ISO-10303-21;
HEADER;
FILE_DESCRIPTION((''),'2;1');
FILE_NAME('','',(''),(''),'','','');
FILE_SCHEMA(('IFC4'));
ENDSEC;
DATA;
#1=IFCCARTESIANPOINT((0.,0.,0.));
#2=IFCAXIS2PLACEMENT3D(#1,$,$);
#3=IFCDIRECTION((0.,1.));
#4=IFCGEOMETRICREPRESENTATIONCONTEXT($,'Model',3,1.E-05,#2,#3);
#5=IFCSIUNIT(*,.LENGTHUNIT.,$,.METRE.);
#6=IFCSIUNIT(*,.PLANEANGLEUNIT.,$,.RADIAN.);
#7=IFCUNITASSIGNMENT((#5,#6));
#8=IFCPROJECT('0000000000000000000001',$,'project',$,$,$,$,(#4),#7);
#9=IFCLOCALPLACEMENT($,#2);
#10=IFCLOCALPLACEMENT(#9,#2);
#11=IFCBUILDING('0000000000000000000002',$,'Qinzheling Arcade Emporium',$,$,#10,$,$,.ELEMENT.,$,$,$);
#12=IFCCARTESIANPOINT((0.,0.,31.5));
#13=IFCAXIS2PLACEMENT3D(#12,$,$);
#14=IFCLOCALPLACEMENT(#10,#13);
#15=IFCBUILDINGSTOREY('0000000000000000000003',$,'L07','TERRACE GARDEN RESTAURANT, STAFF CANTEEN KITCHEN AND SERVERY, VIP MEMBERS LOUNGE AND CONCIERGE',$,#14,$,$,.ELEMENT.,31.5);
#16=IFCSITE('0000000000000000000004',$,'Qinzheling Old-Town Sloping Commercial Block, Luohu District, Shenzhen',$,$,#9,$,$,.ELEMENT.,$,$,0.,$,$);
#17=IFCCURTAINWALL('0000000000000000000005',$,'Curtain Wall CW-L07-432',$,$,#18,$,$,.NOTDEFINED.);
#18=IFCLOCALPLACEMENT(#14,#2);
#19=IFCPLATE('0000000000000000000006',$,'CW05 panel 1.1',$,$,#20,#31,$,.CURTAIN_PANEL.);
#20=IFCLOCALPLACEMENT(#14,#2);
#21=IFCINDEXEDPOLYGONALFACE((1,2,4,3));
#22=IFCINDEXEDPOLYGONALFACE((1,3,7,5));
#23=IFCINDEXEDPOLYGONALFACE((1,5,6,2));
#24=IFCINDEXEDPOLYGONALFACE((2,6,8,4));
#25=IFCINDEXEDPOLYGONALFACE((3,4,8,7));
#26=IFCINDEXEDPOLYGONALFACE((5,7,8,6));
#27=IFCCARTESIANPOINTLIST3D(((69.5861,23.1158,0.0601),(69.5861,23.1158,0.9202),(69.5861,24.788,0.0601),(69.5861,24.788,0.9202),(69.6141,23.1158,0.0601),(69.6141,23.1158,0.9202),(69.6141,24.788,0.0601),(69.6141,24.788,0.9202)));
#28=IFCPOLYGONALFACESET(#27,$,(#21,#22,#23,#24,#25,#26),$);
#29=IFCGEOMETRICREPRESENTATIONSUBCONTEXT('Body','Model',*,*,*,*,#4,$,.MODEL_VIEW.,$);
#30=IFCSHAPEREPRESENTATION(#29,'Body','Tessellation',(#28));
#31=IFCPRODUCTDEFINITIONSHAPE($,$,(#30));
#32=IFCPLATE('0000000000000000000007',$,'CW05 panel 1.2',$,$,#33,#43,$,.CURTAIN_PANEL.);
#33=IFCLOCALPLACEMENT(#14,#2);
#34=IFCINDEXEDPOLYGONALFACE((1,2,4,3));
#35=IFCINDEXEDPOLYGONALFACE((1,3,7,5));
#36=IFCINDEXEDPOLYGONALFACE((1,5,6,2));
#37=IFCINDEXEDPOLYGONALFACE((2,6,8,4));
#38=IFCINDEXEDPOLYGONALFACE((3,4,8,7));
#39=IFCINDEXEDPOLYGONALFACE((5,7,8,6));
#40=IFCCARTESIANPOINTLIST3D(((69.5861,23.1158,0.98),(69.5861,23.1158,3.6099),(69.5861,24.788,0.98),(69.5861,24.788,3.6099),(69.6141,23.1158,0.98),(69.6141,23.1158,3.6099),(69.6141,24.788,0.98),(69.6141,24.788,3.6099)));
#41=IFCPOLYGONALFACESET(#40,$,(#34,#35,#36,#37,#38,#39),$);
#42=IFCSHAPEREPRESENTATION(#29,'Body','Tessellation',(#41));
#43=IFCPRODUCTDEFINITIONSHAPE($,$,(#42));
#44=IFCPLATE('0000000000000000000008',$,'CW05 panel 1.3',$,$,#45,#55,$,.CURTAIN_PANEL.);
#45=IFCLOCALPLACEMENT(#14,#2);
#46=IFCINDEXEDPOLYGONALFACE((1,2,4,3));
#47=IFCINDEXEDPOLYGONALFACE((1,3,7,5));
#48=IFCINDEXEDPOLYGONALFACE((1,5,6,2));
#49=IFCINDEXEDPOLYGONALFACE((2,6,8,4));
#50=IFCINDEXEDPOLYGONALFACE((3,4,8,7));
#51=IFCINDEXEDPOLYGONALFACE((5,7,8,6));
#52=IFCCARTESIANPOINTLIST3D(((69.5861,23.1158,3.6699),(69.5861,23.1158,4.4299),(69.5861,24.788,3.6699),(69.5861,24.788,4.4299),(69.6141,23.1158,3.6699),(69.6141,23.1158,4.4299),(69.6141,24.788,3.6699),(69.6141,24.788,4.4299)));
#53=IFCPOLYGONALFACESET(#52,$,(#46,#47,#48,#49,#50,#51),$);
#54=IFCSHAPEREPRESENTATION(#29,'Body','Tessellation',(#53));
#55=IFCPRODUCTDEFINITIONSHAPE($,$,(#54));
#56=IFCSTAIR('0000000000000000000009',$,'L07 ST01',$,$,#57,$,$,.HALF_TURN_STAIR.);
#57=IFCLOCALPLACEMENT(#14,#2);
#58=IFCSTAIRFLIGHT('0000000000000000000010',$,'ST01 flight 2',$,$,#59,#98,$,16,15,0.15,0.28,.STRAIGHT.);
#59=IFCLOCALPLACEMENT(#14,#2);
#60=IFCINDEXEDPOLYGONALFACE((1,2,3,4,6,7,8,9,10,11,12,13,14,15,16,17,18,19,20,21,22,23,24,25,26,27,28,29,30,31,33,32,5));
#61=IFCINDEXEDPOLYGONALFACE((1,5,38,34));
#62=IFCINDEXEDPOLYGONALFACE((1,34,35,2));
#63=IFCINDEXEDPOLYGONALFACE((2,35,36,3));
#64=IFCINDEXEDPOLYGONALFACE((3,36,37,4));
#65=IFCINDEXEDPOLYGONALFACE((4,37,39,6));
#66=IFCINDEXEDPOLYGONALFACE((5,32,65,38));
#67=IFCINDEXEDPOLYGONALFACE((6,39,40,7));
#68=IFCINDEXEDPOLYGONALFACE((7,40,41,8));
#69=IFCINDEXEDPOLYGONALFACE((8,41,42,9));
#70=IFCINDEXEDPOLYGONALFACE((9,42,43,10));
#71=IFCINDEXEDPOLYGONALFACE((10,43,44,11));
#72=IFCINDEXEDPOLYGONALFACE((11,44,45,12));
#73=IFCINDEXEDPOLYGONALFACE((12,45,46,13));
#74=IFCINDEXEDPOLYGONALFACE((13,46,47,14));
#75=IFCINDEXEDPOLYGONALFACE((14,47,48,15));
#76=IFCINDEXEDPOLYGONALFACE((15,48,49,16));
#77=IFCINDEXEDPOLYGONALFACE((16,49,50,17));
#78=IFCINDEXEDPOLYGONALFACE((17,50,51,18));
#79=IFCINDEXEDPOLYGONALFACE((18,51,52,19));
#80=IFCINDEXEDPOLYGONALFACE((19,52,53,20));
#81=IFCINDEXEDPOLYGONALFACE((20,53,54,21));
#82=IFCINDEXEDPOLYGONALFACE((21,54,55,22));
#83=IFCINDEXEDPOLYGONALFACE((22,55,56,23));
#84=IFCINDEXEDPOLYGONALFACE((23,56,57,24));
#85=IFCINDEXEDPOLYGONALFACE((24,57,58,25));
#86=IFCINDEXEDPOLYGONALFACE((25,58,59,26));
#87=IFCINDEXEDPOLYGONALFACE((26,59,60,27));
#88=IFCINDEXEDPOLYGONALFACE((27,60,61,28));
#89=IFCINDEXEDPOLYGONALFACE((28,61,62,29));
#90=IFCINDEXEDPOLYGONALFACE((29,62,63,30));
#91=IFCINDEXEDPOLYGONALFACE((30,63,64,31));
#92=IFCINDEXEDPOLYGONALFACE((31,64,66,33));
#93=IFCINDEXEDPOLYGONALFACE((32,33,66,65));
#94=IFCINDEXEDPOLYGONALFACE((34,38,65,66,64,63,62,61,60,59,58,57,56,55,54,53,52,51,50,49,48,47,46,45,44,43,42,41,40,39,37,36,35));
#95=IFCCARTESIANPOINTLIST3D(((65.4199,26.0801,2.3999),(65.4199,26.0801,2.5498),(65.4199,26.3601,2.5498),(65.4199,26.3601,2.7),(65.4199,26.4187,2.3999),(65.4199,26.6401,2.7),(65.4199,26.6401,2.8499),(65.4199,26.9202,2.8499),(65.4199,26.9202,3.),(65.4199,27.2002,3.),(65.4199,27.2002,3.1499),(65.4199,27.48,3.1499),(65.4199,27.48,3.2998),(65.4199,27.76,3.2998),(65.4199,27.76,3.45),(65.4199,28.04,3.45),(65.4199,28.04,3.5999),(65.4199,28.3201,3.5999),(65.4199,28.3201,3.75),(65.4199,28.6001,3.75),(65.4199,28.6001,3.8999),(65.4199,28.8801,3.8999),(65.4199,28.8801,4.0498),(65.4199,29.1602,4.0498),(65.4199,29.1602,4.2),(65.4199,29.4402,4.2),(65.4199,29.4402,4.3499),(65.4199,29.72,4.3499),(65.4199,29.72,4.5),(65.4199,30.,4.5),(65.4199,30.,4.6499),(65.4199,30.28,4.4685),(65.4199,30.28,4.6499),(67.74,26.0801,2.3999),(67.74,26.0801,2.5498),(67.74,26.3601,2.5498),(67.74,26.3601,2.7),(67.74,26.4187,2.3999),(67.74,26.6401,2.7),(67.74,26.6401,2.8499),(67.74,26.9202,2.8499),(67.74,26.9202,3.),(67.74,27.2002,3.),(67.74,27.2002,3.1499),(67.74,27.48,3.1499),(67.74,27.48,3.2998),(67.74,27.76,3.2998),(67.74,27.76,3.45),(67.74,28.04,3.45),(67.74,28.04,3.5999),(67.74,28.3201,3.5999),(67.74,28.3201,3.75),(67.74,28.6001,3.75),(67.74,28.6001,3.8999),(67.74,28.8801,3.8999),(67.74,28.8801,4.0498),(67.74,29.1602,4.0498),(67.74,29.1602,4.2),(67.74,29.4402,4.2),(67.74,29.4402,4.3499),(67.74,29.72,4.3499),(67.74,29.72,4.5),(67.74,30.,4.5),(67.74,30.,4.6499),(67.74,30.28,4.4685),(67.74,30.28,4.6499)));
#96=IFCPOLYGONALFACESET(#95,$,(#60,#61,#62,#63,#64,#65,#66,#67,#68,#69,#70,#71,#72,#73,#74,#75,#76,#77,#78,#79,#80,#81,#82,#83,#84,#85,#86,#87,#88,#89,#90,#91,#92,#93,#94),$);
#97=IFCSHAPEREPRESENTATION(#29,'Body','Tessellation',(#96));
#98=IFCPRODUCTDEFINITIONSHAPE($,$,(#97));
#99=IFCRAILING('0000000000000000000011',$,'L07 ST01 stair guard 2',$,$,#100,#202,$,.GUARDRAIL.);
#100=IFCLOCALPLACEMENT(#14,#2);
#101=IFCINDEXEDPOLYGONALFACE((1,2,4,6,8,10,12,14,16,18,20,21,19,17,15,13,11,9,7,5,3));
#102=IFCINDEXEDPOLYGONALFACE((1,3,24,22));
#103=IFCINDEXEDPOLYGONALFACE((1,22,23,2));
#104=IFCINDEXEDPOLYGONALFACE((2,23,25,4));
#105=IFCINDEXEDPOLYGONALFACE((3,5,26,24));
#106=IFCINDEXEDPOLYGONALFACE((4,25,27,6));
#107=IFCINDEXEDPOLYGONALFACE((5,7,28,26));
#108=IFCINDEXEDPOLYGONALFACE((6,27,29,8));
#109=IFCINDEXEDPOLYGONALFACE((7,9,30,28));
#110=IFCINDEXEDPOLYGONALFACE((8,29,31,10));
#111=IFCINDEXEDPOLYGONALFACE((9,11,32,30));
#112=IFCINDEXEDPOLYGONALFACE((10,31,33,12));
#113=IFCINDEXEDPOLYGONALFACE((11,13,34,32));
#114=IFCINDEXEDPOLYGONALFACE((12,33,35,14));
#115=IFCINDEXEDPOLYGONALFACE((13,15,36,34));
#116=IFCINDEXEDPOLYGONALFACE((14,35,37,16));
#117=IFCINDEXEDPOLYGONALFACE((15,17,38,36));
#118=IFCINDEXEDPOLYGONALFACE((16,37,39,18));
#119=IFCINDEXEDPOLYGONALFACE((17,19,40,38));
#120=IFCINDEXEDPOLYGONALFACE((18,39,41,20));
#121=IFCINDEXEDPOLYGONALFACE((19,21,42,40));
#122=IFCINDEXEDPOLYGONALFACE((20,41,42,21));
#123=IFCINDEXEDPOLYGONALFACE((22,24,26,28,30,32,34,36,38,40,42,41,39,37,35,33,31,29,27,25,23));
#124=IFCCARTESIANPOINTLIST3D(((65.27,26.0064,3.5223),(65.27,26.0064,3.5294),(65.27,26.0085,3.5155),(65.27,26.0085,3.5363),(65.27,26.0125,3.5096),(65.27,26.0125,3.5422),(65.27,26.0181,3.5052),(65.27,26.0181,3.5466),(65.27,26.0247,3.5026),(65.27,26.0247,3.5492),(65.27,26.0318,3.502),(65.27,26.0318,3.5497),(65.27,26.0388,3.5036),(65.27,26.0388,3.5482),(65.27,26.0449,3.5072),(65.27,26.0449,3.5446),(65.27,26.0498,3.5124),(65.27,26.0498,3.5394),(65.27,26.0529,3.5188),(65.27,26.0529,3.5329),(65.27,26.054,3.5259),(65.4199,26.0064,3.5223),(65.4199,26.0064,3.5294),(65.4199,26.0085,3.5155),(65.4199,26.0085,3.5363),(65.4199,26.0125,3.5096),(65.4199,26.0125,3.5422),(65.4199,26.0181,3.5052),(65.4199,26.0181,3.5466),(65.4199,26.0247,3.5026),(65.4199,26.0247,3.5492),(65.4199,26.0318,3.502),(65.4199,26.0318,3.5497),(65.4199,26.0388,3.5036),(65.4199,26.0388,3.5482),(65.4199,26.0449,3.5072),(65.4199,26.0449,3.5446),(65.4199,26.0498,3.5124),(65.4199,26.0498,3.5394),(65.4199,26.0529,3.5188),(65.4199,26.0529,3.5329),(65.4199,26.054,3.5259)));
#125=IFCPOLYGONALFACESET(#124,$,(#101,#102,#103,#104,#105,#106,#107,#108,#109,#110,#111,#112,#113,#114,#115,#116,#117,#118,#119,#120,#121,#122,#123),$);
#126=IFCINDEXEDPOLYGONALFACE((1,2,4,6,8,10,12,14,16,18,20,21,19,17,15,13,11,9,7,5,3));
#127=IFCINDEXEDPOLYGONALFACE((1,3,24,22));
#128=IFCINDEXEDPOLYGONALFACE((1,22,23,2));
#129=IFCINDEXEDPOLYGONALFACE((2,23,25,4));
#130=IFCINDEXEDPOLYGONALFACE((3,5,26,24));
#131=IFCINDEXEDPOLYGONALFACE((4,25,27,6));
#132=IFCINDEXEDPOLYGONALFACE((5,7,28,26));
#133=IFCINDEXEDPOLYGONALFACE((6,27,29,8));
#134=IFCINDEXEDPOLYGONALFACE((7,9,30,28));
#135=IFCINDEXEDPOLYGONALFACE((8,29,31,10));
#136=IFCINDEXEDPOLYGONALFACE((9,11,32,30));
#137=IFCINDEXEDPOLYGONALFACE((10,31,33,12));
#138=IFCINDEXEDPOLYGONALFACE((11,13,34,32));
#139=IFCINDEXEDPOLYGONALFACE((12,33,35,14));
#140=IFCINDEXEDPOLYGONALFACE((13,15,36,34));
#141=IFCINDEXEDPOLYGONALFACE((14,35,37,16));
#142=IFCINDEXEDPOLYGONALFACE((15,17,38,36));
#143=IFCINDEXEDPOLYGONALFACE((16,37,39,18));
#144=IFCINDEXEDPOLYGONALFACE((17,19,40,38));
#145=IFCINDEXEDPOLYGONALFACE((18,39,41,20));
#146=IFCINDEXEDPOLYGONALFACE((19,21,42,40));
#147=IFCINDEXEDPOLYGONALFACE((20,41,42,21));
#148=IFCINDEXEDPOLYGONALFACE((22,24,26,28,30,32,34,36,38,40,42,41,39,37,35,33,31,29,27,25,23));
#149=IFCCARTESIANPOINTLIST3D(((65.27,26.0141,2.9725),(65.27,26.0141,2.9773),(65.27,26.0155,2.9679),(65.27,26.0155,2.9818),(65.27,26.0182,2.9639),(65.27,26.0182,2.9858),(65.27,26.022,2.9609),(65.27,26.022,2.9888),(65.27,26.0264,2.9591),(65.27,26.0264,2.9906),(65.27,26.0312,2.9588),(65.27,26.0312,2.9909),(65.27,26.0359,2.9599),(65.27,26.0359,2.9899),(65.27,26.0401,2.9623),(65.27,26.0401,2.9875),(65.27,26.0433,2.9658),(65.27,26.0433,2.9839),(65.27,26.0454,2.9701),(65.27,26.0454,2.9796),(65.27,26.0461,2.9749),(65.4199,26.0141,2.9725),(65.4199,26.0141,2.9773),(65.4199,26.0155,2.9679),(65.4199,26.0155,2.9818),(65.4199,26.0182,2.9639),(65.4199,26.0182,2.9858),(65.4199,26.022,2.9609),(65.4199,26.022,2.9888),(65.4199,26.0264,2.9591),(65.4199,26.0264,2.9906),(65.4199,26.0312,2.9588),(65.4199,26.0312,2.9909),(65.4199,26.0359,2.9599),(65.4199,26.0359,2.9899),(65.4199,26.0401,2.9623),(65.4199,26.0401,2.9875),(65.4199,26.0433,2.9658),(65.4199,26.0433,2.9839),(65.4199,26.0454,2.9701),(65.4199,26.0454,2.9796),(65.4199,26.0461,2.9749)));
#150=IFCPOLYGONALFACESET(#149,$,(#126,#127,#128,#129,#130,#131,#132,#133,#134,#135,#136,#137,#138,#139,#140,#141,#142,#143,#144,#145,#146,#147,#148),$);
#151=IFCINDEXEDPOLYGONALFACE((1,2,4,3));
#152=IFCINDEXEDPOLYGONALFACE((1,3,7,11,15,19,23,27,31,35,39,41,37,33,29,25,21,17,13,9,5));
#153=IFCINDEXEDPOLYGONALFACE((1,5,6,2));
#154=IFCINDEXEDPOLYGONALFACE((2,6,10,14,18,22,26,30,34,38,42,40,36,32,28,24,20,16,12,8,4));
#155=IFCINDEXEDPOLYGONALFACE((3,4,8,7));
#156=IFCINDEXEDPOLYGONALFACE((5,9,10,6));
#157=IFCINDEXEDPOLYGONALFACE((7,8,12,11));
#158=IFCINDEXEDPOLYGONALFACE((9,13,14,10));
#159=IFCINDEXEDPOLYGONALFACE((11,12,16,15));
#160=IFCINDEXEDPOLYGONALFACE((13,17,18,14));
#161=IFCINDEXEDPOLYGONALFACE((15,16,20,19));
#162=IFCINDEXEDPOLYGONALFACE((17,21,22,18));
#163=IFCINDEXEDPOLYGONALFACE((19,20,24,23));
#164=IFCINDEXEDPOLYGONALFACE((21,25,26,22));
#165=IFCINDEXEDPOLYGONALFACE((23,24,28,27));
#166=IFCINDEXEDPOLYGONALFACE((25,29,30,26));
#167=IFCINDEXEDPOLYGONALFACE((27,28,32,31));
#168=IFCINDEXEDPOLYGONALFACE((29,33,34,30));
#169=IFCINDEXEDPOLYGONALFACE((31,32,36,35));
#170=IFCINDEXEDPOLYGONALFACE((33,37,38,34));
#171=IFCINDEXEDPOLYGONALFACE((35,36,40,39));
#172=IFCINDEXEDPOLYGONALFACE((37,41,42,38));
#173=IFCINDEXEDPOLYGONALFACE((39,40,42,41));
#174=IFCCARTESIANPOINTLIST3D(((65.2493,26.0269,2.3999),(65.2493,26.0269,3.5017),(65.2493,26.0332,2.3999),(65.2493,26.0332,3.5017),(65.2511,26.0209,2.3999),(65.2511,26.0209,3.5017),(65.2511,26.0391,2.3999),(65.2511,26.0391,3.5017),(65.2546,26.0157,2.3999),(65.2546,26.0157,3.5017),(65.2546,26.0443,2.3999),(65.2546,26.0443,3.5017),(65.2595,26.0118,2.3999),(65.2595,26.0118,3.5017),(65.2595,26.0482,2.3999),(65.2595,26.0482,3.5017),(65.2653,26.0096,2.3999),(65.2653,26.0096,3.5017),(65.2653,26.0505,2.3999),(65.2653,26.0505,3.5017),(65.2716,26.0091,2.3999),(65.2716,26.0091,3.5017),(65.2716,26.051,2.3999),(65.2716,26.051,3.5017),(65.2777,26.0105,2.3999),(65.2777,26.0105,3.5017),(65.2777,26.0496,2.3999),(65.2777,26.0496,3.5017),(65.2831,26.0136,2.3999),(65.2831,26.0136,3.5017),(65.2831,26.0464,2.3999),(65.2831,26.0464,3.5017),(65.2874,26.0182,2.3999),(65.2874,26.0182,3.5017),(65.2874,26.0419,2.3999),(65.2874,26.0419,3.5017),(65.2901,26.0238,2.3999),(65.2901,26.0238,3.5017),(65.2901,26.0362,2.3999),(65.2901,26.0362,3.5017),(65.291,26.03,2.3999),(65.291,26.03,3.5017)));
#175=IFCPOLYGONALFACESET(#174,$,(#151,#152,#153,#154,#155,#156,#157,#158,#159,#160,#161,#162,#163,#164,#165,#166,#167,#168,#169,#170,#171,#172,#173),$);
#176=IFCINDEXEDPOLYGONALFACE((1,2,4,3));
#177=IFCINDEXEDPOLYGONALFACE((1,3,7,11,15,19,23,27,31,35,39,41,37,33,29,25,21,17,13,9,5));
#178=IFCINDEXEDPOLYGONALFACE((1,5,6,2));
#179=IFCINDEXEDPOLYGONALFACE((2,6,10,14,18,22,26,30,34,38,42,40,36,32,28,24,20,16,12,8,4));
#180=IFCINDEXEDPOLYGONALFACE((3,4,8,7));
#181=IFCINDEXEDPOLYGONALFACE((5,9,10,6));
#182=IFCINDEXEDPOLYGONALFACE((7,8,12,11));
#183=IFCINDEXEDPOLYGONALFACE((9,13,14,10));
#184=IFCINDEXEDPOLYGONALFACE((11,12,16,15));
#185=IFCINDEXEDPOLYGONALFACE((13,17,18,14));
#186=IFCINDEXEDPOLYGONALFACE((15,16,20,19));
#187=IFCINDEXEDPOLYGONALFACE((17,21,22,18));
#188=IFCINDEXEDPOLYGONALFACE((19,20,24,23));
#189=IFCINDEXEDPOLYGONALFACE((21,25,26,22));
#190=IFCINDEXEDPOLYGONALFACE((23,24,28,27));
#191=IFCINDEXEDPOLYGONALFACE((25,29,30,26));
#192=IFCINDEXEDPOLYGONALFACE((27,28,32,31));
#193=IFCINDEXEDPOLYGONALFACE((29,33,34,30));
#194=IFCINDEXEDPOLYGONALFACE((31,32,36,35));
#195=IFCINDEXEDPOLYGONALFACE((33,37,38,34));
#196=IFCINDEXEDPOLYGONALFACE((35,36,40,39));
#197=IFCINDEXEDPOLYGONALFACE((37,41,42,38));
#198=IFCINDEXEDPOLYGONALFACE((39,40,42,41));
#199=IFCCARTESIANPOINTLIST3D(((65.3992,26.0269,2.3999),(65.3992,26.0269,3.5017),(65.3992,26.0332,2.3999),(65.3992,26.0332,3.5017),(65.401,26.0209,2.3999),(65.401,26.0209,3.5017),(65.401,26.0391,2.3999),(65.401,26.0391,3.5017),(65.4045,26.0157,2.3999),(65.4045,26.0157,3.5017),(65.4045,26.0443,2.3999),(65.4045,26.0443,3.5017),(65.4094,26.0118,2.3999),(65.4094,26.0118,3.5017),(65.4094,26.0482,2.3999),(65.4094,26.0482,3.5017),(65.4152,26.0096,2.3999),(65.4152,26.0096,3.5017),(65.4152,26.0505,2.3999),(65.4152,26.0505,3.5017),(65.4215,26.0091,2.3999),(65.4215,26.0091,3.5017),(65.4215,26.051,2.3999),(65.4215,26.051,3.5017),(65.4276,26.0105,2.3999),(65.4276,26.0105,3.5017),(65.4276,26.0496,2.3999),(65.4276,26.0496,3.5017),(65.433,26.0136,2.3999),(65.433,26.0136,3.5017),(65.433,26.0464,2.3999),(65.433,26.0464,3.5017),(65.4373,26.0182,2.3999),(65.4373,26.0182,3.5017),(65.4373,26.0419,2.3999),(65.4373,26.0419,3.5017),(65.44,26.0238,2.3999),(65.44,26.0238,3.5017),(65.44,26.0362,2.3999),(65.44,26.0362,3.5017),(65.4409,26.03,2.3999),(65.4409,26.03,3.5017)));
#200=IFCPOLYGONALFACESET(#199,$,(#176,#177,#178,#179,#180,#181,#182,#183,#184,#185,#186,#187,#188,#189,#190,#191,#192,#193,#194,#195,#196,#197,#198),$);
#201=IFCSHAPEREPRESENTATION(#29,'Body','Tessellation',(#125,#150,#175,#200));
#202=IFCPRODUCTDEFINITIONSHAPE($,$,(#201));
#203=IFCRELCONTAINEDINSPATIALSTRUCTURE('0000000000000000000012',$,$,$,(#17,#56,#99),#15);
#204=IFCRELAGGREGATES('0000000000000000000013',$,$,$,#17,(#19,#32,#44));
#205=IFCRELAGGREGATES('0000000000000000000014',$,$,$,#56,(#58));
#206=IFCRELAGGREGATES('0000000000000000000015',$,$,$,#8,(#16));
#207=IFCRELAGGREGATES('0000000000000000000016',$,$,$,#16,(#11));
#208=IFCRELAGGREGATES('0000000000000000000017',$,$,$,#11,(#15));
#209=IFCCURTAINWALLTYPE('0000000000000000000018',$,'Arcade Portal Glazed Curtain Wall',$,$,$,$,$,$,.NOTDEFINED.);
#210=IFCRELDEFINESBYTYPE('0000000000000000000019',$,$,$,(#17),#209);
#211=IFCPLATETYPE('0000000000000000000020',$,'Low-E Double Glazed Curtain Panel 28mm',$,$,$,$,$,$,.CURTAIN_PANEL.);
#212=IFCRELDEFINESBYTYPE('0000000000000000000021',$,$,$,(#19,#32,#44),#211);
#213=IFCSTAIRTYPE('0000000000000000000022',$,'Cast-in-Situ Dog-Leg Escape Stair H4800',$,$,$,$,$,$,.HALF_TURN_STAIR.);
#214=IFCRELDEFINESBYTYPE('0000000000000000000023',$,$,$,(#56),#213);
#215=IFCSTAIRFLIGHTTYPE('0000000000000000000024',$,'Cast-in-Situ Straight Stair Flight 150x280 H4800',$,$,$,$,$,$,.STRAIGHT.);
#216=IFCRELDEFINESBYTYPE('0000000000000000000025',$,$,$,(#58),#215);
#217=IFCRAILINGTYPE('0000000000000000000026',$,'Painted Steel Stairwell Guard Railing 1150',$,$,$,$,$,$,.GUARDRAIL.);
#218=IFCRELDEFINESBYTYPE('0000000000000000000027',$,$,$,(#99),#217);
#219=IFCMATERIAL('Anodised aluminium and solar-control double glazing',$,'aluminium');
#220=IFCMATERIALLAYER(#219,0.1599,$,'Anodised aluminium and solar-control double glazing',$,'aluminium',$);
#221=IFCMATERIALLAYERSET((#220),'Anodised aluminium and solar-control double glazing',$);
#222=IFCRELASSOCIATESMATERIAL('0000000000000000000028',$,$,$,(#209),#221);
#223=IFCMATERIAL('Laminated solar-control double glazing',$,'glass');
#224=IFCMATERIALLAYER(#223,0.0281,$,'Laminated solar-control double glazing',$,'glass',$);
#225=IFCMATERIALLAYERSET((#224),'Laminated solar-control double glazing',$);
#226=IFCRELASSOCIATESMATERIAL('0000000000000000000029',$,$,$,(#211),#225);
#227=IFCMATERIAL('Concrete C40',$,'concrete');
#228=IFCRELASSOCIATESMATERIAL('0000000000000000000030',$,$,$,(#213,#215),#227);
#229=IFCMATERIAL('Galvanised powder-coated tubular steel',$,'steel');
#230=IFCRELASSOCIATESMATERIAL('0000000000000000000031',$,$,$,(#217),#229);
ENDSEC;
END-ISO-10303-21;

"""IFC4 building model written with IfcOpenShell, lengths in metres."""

from ifc_helpers import new_model, si_unit, direction, frame, origin, origin_2d, place, context, subcontext, project, spatial, polyline, rectangle, circle, outline, extrude, material, layer, layer_set, type_object, element, aggregate, save


model = new_model("IFC4")

# Units and contexts
model_context = context("Model", 3, precision=1e-05, world=origin(), true_north=direction((0.0, 1.0)))
body_context = subcontext(model_context, "Body", "Model", "MODEL_VIEW")
ifc_project = project(units=[si_unit("LENGTHUNIT", "METRE"), si_unit("PLANEANGLEUNIT", "RADIAN")], contexts=[model_context])

# Site, building, storey
site_placement = place(None, origin())
site = spatial("IfcSite", under=ifc_project, at=site_placement, Name="Qinzheling Old-Town Sloping Commercial Block, Luohu District, Shenzhen", CompositionType="ELEMENT", RefElevation=0.0)
building_placement = place(site_placement, origin())
building = spatial("IfcBuilding", under=site, at=building_placement, Name="Qinzheling Arcade Emporium", CompositionType="ELEMENT")
storey_placement = place(building_placement, frame((0.0, 0.0, 31.5)))
storey = spatial("IfcBuildingStorey", under=building, at=storey_placement, Name="L07", Description="TERRACE GARDEN RESTAURANT, STAFF CANTEEN KITCHEN AND SERVERY, VIP MEMBERS LOUNGE AND CONCIERGE", CompositionType="ELEMENT", Elevation=31.5)

# Shared definitions
ifc_material_1 = material(Name="Concrete C40", Category="concrete")

# Shared definitions
ifc_material_2 = material(Name="Anodised aluminium and solar-control double glazing", Category="aluminium")
ifc_layer_1 = layer(ifc_material_2, 0.1599, Name="Anodised aluminium and solar-control double glazing", Category="aluminium")
ifc_layer_set_1 = layer_set([ifc_layer_1], Name="Anodised aluminium and solar-control double glazing")
curtain_wall_type = type_object("IfcCurtainWallType", Name="Arcade Portal Glazed Curtain Wall", PredefinedType="NOTDEFINED", material=ifc_layer_set_1)

# Curtain wall
curtain_wall_1_placement = place(storey_placement, origin())
curtain_wall_1 = element("IfcCurtainWall", 1, at=curtain_wall_1_placement, inside=storey, type_object=curtain_wall_type, Name="Curtain Wall CW-L07-432", PredefinedType="NOTDEFINED")

# Plates
ifc_material_3 = material(Name="Laminated solar-control double glazing", Category="glass")
ifc_layer_2 = layer(ifc_material_3, 0.0281, Name="Laminated solar-control double glazing", Category="glass")
ifc_layer_set_2 = layer_set([ifc_layer_2], Name="Laminated solar-control double glazing")
plate_type_1 = type_object("IfcPlateType", Name="Low-E Double Glazed Curtain Panel 28mm", PredefinedType="CURTAIN_PANEL", material=ifc_layer_set_2)
plate_1_placement = place(storey_placement, frame((69.6001, 23.9519, 0.0601), z_axis=(0.0, 0.0, 1.0), x_axis=(0.0, -1.0, 0.0)))
plate_1 = element("IfcPlate", 2, at=plate_1_placement, type_object=plate_type_1, Name="CW05 panel 1.1", PredefinedType="CURTAIN_PANEL", context=body_context, shape_type="SweptSolid", body=[
    extrude(rectangle(XDim=1.6721, YDim=0.0281, at=origin_2d()), origin(), (0.0, 0.0, 1.0), 0.8601),
])
plate_2_placement = place(storey_placement, frame((69.6001, 23.9519, 0.98), z_axis=(0.0, 0.0, 1.0), x_axis=(0.0, -1.0, 0.0)))
plate_2 = element("IfcPlate", 3, at=plate_2_placement, type_object=plate_type_1, Name="CW05 panel 1.2", PredefinedType="CURTAIN_PANEL", context=body_context, shape_type="SweptSolid", body=[
    extrude(rectangle(XDim=1.6721, YDim=0.0281, at=origin_2d()), origin(), (0.0, 0.0, 1.0), 2.6299),
])
plate_3_placement = place(storey_placement, frame((69.6001, 23.9519, 3.6699), z_axis=(0.0, 0.0, 1.0), x_axis=(0.0, -1.0, 0.0)))
plate_3 = element("IfcPlate", 4, at=plate_3_placement, type_object=plate_type_1, Name="CW05 panel 1.3", PredefinedType="CURTAIN_PANEL", context=body_context, shape_type="SweptSolid", body=[
    extrude(rectangle(XDim=1.6721, YDim=0.0281, at=origin_2d()), origin(), (0.0, 0.0, 1.0), 0.76),
])
aggregate(curtain_wall_1, [plate_1, plate_2, plate_3])

# Stair, stair flight
stair_type = type_object("IfcStairType", Name="Cast-in-Situ Dog-Leg Escape Stair H4800", PredefinedType="HALF_TURN_STAIR", material=ifc_material_1)
stair_placement = place(storey_placement, origin())
stair = element("IfcStair", 5, at=stair_placement, inside=storey, type_object=stair_type, Name="L07 ST01", PredefinedType="HALF_TURN_STAIR")
stair_flight_type = type_object("IfcStairFlightType", Name="Cast-in-Situ Straight Stair Flight 150x280 H4800", PredefinedType="STRAIGHT", material=ifc_material_1)
stair_flight_placement = place(storey_placement, frame((66.5801, 26.0801, 2.3999), z_axis=(0.0, 0.0, 1.0), x_axis=(0.0, 1.0, 0.0)))
stair_flight = element("IfcStairFlight", 6, at=stair_flight_placement, type_object=stair_flight_type, Name="ST01 flight 2", NumberOfRisers=16, NumberOfTreads=15, PredefinedType="STRAIGHT", RiserHeight=0.15, TreadLength=0.28, context=body_context, shape_type="SweptSolid", body=[
    extrude(outline(polyline([(0.0, 0.0), (0.0, 0.1499), (0.28, 0.1499), (0.28, 0.3), (0.5601, 0.3), (0.5601, 0.45), (0.8401, 0.45), (0.8401, 0.6001), (1.1201, 0.6001), (1.1201, 0.75), (1.3999, 0.75), (1.3999, 0.8999), (1.6799, 0.8999), (1.6799, 1.05), (1.96, 1.05), (1.96, 1.2), (2.24, 1.2), (2.24, 1.3501), (2.52, 1.3501), (2.52, 1.5), (2.8, 1.5), (2.8, 1.6499), (3.0801, 1.6499), (3.0801, 1.8), (3.3601, 1.8), (3.3601, 1.95), (3.6399, 1.95), (3.6399, 2.1001), (3.9199, 2.1001), (3.9199, 2.25), (4.2, 2.25), (4.2, 2.3999), (4.2, 2.0686), (0.3386, 0.0), (0.0, 0.0)])), frame((0.0, 1.1602, 0.0), z_axis=(0.0, -1.0, 0.0), x_axis=(1.0, 0.0, 0.0)), (0.0, 0.0, 1.0), 2.3201),
])
aggregate(stair, [stair_flight])

# Railing
ifc_material_4 = material(Name="Galvanised powder-coated tubular steel", Category="steel")
railing_type_1 = type_object("IfcRailingType", Name="Painted Steel Stairwell Guard Railing 1150", PredefinedType="GUARDRAIL", material=ifc_material_4)
railing_1_placement = place(storey_placement, frame((65.27, 26.03, 2.3999)))
element("IfcRailing", 7, at=railing_1_placement, inside=storey, type_object=railing_type_1, Name="L07 ST01 stair guard 2", PredefinedType="GUARDRAIL", context=body_context, shape_type="SweptSolid", body=[
    extrude(circle(Radius=0.0239, at=origin_2d()), frame((0.0, 0.0, 1.126), z_axis=(1.0, 0.0, 0.0), x_axis=(0.0, 1.0, 0.0)), (0.0, 0.0, 1.0), 0.1499),
    extrude(circle(Radius=0.0161, at=origin_2d()), frame((0.0, 0.0, 0.575), z_axis=(1.0, 0.0, 0.0), x_axis=(0.0, 1.0, 0.0)), (0.0, 0.0, 1.0), 0.1499),
    extrude(circle(Radius=0.021, at=origin_2d()), origin(), (0.0, 0.0, 1.0), 1.1018),
    extrude(circle(Radius=0.021, at=origin_2d()), frame((0.1499, 0.0, 0.0)), (0.0, 0.0, 1.0), 1.1018),
])

save(model, "model.ifc")
